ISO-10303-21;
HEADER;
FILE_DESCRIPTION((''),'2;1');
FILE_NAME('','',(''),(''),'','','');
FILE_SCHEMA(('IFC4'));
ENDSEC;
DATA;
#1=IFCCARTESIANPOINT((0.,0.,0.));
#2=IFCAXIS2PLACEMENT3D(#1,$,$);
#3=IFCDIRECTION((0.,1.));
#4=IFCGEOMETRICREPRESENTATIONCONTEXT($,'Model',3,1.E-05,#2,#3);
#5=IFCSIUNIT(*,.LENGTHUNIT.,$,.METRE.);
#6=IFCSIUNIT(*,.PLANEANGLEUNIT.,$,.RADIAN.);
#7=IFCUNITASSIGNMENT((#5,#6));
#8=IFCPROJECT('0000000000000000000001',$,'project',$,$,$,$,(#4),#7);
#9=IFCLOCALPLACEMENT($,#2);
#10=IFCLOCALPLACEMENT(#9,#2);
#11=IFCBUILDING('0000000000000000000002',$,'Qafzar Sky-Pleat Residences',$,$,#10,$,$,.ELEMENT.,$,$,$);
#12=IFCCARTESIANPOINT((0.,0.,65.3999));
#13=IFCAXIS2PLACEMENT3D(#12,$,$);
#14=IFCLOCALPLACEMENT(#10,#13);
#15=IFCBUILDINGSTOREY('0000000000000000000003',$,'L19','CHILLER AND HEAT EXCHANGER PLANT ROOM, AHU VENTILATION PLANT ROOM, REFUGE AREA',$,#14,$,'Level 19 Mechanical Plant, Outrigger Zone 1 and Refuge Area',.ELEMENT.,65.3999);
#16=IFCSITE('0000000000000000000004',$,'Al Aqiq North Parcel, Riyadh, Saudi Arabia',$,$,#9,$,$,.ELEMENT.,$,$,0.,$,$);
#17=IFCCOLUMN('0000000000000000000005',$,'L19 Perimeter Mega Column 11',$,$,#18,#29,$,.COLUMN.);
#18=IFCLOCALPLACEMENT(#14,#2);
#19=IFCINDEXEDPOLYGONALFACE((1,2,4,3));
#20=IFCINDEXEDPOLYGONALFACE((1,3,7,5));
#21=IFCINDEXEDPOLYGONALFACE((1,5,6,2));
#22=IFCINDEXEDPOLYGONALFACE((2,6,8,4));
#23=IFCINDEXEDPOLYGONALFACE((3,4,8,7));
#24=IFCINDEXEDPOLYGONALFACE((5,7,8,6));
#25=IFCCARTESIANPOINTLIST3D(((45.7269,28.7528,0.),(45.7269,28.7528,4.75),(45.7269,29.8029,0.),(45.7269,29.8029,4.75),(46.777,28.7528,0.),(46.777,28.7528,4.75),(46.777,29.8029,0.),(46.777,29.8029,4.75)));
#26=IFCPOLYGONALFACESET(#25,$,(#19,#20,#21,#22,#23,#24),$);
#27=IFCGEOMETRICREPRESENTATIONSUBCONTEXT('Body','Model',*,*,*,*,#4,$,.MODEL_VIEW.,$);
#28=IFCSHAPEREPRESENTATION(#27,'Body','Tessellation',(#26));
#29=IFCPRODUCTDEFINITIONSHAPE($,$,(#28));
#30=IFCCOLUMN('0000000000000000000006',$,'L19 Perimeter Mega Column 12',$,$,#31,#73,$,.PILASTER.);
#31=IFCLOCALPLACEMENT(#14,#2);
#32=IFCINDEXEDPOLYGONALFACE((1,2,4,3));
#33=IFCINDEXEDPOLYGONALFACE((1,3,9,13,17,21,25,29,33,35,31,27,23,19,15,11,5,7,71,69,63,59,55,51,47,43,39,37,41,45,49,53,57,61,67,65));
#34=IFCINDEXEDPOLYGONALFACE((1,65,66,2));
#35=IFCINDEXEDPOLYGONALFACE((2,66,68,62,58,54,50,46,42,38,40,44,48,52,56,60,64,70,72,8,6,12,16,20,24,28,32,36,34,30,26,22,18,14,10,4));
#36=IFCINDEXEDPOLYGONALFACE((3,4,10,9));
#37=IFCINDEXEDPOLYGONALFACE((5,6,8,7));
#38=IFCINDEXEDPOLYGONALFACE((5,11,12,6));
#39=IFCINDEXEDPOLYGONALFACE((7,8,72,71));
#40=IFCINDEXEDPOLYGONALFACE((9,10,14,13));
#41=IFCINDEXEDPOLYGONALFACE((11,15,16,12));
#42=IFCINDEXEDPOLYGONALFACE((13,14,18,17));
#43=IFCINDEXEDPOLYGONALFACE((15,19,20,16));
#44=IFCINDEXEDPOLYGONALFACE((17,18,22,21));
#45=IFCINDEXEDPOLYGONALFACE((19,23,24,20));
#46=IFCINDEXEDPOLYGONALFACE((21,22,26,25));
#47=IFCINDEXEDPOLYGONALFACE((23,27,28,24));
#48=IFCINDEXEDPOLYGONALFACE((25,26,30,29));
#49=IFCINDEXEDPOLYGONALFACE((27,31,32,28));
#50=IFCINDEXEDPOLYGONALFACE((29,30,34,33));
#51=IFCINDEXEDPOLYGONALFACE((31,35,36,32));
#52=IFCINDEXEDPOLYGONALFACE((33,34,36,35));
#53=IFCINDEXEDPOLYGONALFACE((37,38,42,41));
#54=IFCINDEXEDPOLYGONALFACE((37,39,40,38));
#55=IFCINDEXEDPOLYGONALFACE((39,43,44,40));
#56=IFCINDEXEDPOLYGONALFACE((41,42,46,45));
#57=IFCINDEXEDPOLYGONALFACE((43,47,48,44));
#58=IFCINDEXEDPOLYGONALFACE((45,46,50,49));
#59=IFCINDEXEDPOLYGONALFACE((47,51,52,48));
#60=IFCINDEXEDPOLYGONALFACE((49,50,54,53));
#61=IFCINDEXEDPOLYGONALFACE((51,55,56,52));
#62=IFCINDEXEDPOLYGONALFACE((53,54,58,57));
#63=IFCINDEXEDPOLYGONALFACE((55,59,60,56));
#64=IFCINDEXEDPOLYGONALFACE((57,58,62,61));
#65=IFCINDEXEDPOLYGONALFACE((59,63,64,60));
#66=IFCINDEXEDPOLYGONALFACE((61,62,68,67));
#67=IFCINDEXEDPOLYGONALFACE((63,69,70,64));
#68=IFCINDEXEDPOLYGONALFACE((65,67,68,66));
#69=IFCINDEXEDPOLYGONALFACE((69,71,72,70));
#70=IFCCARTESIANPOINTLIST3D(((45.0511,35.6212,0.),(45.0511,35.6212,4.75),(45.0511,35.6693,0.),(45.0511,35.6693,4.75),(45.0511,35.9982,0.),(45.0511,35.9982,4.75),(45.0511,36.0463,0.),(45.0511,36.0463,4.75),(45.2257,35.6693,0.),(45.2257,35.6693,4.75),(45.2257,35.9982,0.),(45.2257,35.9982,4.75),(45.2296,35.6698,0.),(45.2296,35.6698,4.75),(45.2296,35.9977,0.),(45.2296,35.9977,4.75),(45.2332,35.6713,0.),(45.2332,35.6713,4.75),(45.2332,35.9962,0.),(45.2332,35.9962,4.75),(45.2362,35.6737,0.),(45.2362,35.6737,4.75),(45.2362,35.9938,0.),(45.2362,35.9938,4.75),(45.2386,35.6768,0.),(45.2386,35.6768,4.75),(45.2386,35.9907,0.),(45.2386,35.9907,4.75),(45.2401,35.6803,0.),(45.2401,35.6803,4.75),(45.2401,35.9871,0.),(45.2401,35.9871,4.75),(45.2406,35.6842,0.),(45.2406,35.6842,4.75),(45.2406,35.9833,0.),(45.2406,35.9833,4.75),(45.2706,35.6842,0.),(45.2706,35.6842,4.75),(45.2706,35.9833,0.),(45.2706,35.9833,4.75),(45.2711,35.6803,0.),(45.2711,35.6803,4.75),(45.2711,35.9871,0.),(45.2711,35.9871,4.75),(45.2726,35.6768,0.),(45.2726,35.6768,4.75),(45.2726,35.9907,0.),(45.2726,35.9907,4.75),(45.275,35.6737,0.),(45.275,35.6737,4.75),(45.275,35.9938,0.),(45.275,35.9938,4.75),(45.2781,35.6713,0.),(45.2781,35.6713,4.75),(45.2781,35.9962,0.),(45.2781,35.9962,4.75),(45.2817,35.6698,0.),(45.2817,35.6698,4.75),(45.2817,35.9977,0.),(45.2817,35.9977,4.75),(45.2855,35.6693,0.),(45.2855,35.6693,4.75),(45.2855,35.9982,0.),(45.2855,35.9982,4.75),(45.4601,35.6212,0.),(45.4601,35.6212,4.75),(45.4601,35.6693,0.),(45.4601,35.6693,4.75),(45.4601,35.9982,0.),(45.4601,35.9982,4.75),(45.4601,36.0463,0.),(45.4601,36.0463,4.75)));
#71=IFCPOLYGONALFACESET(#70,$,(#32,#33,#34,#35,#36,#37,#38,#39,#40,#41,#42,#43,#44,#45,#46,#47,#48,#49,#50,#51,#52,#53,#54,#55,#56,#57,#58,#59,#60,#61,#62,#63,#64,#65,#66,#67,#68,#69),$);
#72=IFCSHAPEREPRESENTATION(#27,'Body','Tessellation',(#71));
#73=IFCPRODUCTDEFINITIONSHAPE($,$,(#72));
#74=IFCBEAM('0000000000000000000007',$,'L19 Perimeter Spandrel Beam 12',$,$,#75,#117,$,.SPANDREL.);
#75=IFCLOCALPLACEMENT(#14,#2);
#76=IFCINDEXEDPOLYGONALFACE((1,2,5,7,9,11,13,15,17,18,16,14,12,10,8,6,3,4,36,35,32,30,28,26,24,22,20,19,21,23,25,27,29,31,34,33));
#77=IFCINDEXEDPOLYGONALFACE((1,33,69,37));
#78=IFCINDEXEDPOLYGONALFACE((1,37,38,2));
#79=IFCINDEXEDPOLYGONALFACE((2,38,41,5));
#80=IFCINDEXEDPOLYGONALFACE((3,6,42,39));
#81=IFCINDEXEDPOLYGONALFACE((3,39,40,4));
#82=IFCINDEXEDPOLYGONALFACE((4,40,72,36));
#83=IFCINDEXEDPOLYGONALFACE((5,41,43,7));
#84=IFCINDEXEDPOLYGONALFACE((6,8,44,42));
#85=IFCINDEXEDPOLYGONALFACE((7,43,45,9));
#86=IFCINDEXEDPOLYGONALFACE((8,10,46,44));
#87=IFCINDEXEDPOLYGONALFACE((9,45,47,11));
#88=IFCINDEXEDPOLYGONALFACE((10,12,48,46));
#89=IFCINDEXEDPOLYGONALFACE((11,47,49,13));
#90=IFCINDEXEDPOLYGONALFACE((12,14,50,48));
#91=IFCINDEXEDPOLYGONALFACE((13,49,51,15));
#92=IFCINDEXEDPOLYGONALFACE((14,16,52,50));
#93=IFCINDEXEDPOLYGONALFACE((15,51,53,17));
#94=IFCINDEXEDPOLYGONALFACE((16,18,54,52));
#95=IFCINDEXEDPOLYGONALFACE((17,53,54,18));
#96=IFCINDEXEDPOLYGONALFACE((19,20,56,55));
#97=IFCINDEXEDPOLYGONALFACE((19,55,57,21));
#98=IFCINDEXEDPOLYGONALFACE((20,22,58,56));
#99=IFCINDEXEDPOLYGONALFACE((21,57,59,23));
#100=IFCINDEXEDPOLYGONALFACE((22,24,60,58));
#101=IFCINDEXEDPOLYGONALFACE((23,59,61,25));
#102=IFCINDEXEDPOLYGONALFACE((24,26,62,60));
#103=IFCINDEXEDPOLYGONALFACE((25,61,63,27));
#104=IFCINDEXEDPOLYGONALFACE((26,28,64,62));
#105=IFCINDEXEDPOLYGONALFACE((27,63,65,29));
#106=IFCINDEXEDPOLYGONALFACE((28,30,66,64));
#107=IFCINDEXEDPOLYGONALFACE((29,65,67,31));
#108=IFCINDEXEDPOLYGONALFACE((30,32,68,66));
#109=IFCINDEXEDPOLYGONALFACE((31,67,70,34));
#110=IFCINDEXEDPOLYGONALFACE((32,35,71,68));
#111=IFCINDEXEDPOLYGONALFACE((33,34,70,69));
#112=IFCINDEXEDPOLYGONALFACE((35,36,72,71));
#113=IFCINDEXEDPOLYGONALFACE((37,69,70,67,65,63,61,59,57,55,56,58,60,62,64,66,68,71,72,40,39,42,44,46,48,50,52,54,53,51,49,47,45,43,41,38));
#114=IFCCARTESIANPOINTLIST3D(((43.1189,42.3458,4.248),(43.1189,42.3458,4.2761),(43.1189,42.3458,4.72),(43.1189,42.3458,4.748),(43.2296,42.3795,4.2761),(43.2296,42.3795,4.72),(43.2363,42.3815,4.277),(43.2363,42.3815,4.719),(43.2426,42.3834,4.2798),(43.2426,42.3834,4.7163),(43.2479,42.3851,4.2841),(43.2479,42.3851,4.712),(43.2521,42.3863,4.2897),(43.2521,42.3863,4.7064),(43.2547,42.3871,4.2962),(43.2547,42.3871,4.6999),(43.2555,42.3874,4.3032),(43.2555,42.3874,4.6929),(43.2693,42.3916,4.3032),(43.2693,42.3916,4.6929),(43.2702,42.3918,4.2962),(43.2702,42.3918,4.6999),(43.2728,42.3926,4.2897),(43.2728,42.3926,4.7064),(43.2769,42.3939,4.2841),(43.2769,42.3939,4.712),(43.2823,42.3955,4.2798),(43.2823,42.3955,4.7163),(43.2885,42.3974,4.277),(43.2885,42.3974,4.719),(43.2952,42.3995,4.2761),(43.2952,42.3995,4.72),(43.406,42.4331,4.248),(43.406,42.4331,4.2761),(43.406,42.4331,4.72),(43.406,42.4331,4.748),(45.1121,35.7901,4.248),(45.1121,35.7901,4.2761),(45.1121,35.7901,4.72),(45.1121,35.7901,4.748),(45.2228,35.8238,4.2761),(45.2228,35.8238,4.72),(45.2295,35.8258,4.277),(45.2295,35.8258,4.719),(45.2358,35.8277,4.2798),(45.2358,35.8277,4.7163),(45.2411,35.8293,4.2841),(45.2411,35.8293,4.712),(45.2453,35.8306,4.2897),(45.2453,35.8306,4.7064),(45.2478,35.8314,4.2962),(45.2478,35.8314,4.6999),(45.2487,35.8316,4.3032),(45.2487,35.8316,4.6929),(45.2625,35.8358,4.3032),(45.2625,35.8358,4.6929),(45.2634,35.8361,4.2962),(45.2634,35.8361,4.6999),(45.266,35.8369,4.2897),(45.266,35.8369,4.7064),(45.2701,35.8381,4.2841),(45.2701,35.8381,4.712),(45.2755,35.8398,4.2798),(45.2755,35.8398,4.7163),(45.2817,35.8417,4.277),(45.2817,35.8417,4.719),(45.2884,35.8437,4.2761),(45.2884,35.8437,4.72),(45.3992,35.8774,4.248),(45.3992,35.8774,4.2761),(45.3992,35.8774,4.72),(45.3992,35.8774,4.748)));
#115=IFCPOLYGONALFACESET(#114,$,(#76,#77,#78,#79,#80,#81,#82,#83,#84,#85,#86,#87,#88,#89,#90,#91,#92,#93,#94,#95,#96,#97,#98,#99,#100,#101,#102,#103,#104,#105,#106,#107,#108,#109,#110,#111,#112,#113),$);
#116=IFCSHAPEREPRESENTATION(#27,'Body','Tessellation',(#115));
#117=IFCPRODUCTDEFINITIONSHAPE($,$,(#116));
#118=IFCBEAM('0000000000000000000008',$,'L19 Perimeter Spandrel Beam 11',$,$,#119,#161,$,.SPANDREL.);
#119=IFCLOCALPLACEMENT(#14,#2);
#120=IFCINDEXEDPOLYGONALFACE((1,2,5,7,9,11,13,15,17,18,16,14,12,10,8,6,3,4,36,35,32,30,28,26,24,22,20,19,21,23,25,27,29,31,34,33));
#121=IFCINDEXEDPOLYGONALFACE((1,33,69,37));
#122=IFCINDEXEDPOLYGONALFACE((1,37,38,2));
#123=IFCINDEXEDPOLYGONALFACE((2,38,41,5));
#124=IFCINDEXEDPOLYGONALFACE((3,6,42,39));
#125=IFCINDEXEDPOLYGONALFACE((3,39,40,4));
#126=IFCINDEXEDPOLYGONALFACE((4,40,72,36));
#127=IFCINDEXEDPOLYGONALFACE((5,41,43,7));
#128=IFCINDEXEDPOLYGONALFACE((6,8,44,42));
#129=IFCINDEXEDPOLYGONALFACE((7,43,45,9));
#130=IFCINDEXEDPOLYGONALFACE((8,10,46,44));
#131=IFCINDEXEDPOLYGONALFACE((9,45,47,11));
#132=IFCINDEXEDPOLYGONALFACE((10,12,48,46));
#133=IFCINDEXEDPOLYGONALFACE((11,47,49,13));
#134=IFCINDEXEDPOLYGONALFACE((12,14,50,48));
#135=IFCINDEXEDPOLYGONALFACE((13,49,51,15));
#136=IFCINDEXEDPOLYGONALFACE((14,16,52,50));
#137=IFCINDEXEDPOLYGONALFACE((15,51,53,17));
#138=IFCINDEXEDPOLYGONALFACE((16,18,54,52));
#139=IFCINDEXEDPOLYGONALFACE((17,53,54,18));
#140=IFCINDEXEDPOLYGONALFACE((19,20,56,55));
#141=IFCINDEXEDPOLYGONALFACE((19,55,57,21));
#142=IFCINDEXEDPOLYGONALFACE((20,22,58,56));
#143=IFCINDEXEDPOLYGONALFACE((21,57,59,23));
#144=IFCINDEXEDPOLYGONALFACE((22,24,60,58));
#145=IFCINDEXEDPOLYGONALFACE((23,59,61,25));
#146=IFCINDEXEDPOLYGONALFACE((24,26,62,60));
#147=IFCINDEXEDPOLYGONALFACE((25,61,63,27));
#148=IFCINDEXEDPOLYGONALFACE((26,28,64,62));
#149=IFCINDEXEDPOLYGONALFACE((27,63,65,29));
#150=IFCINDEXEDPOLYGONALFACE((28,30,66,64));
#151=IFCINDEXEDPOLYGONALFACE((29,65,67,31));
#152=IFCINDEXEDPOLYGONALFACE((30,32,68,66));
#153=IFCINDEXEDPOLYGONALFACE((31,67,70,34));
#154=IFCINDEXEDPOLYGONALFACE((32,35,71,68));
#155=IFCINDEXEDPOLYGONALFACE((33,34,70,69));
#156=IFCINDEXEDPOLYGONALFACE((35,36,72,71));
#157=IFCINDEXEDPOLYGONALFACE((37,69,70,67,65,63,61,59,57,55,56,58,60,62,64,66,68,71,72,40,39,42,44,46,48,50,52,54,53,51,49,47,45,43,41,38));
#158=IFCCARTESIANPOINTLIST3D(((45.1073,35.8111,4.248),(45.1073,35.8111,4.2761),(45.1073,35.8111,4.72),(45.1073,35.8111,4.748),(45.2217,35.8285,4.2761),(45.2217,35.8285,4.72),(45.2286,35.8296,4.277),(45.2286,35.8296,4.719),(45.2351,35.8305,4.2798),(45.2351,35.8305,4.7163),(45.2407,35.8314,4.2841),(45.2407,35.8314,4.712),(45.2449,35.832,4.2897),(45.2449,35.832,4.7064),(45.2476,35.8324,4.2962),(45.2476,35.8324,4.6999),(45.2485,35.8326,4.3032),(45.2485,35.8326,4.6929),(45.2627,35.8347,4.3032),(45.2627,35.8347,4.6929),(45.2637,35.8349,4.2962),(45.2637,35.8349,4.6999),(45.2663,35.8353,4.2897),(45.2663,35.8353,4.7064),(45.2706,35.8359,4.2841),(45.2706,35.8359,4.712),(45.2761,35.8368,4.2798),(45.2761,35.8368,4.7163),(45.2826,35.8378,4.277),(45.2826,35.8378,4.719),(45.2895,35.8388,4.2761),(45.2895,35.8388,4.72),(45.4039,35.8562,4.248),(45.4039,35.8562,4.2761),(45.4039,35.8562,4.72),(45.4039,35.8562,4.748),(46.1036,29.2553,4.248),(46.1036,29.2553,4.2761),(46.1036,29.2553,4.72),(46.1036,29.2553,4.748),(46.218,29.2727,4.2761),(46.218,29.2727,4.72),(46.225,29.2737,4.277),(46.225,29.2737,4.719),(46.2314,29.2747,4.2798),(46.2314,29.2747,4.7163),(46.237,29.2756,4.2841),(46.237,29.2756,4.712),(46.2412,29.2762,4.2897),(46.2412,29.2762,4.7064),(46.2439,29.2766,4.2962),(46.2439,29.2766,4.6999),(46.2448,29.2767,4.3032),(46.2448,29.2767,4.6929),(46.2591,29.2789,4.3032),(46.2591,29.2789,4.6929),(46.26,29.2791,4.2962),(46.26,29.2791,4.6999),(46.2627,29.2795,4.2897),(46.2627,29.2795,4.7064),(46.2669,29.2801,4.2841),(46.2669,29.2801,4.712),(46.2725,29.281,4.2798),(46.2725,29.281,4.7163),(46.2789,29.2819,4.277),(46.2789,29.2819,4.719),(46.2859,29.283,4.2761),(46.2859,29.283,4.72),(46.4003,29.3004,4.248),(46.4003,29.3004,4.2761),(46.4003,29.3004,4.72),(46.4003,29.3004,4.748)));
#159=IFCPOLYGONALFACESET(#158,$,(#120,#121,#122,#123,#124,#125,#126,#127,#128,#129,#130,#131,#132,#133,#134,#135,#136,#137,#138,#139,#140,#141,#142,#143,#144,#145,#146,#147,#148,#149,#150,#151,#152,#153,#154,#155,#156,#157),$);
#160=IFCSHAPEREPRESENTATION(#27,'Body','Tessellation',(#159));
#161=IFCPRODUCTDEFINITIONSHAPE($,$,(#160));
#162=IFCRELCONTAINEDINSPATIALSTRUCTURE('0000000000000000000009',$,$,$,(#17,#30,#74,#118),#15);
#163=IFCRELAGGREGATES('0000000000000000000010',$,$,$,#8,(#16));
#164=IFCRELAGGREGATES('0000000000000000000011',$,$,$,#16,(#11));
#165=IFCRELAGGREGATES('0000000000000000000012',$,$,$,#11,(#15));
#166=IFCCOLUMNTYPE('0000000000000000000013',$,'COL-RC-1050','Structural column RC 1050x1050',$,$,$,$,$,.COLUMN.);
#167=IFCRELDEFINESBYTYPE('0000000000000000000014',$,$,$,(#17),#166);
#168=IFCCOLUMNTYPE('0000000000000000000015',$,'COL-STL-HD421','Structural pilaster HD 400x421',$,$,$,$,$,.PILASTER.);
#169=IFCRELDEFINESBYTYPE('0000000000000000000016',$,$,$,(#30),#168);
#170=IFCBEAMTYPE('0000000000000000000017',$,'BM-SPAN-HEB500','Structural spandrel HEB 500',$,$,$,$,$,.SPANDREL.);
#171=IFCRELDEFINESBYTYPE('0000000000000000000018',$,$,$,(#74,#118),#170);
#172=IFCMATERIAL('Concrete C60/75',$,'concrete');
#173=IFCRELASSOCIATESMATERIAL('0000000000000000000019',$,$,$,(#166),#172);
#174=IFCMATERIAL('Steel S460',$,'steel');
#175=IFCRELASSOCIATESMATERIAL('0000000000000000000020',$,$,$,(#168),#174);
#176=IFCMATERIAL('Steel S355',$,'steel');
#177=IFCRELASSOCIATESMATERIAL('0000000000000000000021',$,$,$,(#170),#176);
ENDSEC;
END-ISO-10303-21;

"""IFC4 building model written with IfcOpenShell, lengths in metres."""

from ifc_helpers import new_model, si_unit, direction, frame, origin, origin_2d, place, context, subcontext, project, spatial, rectangle, i_section, extrude, source, transform, mapped, material, material_profile, profile_set, type_object, element, save


model = new_model("IFC4")

# Units and contexts
model_context = context("Model", 3, precision=1e-05, world=origin(), true_north=direction((0.0, 1.0)))
body_context = subcontext(model_context, "Body", "Model", "MODEL_VIEW")
ifc_project = project(units=[si_unit("LENGTHUNIT", "METRE"), si_unit("PLANEANGLEUNIT", "RADIAN")], contexts=[model_context])

# Site, building, storey
site_placement = place(None, origin())
site = spatial("IfcSite", under=ifc_project, at=site_placement, Name="Al Aqiq North Parcel, Riyadh, Saudi Arabia", CompositionType="ELEMENT", RefElevation=0.0)
building_placement = place(site_placement, origin())
building = spatial("IfcBuilding", under=site, at=building_placement, Name="Qafzar Sky-Pleat Residences", CompositionType="ELEMENT")
storey_placement = place(building_placement, frame((0.0, 0.0, 65.3999)))
storey = spatial("IfcBuildingStorey", under=building, at=storey_placement, Name="L19", Description="CHILLER AND HEAT EXCHANGER PLANT ROOM, AHU VENTILATION PLANT ROOM, REFUGE AREA", LongName="Level 19 Mechanical Plant, Outrigger Zone 1 and Refuge Area", CompositionType="ELEMENT", Elevation=65.3999)

# Columns
ifc_material_1 = material(Name="Concrete C60/75", Category="concrete")
ifc_material_profile_1 = material_profile(ifc_material_1, rectangle(XDim=1.05, YDim=1.05, at=origin_2d()), Name="RC 1050x1050")
ifc_profile_set_1 = profile_set([ifc_material_profile_1], Name="Concrete C60/75")
column_type_1 = type_object("IfcColumnType", Name="COL-RC-1050", Description="Structural column RC 1050x1050", PredefinedType="COLUMN", material=ifc_profile_set_1)
shared_shape_1 = source(origin(), body_context, "Body", "SweptSolid", [
    extrude(rectangle(XDim=1.05, YDim=1.05, at=origin_2d()), origin(), (0.0, 0.0, 1.0), 4.75),
])
column_1_placement = place(storey_placement, frame((46.252, 29.2778, 0.0), z_axis=(0.0, 0.0, 1.0), x_axis=(1.0, 0.0, 0.0)))
element("IfcColumn", 1, at=column_1_placement, inside=storey, type_object=column_type_1, Name="L19 Perimeter Mega Column 11", PredefinedType="COLUMN", context=body_context, shape_type="MappedRepresentation", body=[
    mapped(shared_shape_1, transform((0.0, 0.0, 0.0), x_axis=(1.0, 0.0, 0.0), y_axis=(0.0, 1.0, 0.0), z_axis=(0.0, 0.0, 1.0), scale=1.0)),
])
ifc_material_2 = material(Name="Steel S460", Category="steel")
ifc_material_profile_2 = material_profile(ifc_material_2, i_section(OverallWidth=0.4089, OverallDepth=0.425, WebThickness=0.03, FlangeThickness=0.0481, FilletRadius=0.0149, at=origin_2d()), Name="HD 400x421")
ifc_profile_set_2 = profile_set([ifc_material_profile_2], Name="Steel S460")
column_type_2 = type_object("IfcColumnType", Name="COL-STL-HD421", Description="Structural pilaster HD 400x421", PredefinedType="PILASTER", material=ifc_profile_set_2)
shared_shape_2 = source(origin(), body_context, "Body", "SweptSolid", [
    extrude(i_section(OverallWidth=0.4089, OverallDepth=0.425, WebThickness=0.03, FlangeThickness=0.0481, FilletRadius=0.0149, at=origin_2d()), origin(), (0.0, 0.0, 1.0), 4.75),
])
column_2_placement = place(storey_placement, frame((45.2556, 35.8337, 0.0), z_axis=(0.0, 0.0, 1.0), x_axis=(1.0, 0.0, 0.0)))
element("IfcColumn", 2, at=column_2_placement, inside=storey, type_object=column_type_2, Name="L19 Perimeter Mega Column 12", PredefinedType="PILASTER", context=body_context, shape_type="MappedRepresentation", body=[
    mapped(shared_shape_2, transform((0.0, 0.0, 0.0), x_axis=(1.0, 0.0, 0.0), y_axis=(0.0, 1.0, 0.0), z_axis=(0.0, 0.0, 1.0), scale=1.0)),
])

# Beams
ifc_material_3 = material(Name="Steel S355", Category="steel")
ifc_material_profile_3 = material_profile(ifc_material_3, i_section(OverallWidth=0.3, OverallDepth=0.5, WebThickness=0.0144, FlangeThickness=0.0281, FilletRadius=0.0271, at=origin_2d()), Name="HEB 500")
ifc_profile_set_3 = profile_set([ifc_material_profile_3], Name="Steel S355")
beam_type_1 = type_object("IfcBeamType", Name="BM-SPAN-HEB500", Description="Structural spandrel HEB 500", PredefinedType="SPANDREL", material=ifc_profile_set_3)
shared_shape_3 = source(origin(), body_context, "Body", "SweptSolid", [
    extrude(i_section(OverallWidth=0.3, OverallDepth=0.5, WebThickness=0.0144, FlangeThickness=0.0281, FilletRadius=0.0271, at=origin_2d()), origin(), (0.0, 0.0, 1.0), 6.8521),
])
beam_1_placement = place(storey_placement, frame((45.2556, 35.8337, 4.498), z_axis=(-0.290889, 0.956757, 0.0), x_axis=(-0.956757, -0.290889, 0.0)))
element("IfcBeam", 3, at=beam_1_placement, inside=storey, type_object=beam_type_1, Name="L19 Perimeter Spandrel Beam 12", PredefinedType="SPANDREL", context=body_context, shape_type="MappedRepresentation", body=[
    mapped(shared_shape_3, transform((0.0, 0.0, 0.0), x_axis=(1.0, 0.0, 0.0), y_axis=(0.0, 1.0, 0.0), z_axis=(0.0, 0.0, 1.0), scale=1.0)),
])
shared_shape_4 = source(origin(), body_context, "Body", "SweptSolid", [
    extrude(i_section(OverallWidth=0.3, OverallDepth=0.5, WebThickness=0.0144, FlangeThickness=0.0281, FilletRadius=0.0271, at=origin_2d()), origin(), (0.0, 0.0, 1.0), 6.6311),
])
beam_2_placement = place(storey_placement, frame((46.252, 29.2778, 4.498), z_axis=(-0.15025, 0.988648, 0.0), x_axis=(-0.988648, -0.15025, 0.0)))
element("IfcBeam", 4, at=beam_2_placement, inside=storey, type_object=beam_type_1, Name="L19 Perimeter Spandrel Beam 11", PredefinedType="SPANDREL", context=body_context, shape_type="MappedRepresentation", body=[
    mapped(shared_shape_4, transform((0.0, 0.0, 0.0), x_axis=(1.0, 0.0, 0.0), y_axis=(0.0, 1.0, 0.0), z_axis=(0.0, 0.0, 1.0), scale=1.0)),
])

save(model, "model.ifc")
